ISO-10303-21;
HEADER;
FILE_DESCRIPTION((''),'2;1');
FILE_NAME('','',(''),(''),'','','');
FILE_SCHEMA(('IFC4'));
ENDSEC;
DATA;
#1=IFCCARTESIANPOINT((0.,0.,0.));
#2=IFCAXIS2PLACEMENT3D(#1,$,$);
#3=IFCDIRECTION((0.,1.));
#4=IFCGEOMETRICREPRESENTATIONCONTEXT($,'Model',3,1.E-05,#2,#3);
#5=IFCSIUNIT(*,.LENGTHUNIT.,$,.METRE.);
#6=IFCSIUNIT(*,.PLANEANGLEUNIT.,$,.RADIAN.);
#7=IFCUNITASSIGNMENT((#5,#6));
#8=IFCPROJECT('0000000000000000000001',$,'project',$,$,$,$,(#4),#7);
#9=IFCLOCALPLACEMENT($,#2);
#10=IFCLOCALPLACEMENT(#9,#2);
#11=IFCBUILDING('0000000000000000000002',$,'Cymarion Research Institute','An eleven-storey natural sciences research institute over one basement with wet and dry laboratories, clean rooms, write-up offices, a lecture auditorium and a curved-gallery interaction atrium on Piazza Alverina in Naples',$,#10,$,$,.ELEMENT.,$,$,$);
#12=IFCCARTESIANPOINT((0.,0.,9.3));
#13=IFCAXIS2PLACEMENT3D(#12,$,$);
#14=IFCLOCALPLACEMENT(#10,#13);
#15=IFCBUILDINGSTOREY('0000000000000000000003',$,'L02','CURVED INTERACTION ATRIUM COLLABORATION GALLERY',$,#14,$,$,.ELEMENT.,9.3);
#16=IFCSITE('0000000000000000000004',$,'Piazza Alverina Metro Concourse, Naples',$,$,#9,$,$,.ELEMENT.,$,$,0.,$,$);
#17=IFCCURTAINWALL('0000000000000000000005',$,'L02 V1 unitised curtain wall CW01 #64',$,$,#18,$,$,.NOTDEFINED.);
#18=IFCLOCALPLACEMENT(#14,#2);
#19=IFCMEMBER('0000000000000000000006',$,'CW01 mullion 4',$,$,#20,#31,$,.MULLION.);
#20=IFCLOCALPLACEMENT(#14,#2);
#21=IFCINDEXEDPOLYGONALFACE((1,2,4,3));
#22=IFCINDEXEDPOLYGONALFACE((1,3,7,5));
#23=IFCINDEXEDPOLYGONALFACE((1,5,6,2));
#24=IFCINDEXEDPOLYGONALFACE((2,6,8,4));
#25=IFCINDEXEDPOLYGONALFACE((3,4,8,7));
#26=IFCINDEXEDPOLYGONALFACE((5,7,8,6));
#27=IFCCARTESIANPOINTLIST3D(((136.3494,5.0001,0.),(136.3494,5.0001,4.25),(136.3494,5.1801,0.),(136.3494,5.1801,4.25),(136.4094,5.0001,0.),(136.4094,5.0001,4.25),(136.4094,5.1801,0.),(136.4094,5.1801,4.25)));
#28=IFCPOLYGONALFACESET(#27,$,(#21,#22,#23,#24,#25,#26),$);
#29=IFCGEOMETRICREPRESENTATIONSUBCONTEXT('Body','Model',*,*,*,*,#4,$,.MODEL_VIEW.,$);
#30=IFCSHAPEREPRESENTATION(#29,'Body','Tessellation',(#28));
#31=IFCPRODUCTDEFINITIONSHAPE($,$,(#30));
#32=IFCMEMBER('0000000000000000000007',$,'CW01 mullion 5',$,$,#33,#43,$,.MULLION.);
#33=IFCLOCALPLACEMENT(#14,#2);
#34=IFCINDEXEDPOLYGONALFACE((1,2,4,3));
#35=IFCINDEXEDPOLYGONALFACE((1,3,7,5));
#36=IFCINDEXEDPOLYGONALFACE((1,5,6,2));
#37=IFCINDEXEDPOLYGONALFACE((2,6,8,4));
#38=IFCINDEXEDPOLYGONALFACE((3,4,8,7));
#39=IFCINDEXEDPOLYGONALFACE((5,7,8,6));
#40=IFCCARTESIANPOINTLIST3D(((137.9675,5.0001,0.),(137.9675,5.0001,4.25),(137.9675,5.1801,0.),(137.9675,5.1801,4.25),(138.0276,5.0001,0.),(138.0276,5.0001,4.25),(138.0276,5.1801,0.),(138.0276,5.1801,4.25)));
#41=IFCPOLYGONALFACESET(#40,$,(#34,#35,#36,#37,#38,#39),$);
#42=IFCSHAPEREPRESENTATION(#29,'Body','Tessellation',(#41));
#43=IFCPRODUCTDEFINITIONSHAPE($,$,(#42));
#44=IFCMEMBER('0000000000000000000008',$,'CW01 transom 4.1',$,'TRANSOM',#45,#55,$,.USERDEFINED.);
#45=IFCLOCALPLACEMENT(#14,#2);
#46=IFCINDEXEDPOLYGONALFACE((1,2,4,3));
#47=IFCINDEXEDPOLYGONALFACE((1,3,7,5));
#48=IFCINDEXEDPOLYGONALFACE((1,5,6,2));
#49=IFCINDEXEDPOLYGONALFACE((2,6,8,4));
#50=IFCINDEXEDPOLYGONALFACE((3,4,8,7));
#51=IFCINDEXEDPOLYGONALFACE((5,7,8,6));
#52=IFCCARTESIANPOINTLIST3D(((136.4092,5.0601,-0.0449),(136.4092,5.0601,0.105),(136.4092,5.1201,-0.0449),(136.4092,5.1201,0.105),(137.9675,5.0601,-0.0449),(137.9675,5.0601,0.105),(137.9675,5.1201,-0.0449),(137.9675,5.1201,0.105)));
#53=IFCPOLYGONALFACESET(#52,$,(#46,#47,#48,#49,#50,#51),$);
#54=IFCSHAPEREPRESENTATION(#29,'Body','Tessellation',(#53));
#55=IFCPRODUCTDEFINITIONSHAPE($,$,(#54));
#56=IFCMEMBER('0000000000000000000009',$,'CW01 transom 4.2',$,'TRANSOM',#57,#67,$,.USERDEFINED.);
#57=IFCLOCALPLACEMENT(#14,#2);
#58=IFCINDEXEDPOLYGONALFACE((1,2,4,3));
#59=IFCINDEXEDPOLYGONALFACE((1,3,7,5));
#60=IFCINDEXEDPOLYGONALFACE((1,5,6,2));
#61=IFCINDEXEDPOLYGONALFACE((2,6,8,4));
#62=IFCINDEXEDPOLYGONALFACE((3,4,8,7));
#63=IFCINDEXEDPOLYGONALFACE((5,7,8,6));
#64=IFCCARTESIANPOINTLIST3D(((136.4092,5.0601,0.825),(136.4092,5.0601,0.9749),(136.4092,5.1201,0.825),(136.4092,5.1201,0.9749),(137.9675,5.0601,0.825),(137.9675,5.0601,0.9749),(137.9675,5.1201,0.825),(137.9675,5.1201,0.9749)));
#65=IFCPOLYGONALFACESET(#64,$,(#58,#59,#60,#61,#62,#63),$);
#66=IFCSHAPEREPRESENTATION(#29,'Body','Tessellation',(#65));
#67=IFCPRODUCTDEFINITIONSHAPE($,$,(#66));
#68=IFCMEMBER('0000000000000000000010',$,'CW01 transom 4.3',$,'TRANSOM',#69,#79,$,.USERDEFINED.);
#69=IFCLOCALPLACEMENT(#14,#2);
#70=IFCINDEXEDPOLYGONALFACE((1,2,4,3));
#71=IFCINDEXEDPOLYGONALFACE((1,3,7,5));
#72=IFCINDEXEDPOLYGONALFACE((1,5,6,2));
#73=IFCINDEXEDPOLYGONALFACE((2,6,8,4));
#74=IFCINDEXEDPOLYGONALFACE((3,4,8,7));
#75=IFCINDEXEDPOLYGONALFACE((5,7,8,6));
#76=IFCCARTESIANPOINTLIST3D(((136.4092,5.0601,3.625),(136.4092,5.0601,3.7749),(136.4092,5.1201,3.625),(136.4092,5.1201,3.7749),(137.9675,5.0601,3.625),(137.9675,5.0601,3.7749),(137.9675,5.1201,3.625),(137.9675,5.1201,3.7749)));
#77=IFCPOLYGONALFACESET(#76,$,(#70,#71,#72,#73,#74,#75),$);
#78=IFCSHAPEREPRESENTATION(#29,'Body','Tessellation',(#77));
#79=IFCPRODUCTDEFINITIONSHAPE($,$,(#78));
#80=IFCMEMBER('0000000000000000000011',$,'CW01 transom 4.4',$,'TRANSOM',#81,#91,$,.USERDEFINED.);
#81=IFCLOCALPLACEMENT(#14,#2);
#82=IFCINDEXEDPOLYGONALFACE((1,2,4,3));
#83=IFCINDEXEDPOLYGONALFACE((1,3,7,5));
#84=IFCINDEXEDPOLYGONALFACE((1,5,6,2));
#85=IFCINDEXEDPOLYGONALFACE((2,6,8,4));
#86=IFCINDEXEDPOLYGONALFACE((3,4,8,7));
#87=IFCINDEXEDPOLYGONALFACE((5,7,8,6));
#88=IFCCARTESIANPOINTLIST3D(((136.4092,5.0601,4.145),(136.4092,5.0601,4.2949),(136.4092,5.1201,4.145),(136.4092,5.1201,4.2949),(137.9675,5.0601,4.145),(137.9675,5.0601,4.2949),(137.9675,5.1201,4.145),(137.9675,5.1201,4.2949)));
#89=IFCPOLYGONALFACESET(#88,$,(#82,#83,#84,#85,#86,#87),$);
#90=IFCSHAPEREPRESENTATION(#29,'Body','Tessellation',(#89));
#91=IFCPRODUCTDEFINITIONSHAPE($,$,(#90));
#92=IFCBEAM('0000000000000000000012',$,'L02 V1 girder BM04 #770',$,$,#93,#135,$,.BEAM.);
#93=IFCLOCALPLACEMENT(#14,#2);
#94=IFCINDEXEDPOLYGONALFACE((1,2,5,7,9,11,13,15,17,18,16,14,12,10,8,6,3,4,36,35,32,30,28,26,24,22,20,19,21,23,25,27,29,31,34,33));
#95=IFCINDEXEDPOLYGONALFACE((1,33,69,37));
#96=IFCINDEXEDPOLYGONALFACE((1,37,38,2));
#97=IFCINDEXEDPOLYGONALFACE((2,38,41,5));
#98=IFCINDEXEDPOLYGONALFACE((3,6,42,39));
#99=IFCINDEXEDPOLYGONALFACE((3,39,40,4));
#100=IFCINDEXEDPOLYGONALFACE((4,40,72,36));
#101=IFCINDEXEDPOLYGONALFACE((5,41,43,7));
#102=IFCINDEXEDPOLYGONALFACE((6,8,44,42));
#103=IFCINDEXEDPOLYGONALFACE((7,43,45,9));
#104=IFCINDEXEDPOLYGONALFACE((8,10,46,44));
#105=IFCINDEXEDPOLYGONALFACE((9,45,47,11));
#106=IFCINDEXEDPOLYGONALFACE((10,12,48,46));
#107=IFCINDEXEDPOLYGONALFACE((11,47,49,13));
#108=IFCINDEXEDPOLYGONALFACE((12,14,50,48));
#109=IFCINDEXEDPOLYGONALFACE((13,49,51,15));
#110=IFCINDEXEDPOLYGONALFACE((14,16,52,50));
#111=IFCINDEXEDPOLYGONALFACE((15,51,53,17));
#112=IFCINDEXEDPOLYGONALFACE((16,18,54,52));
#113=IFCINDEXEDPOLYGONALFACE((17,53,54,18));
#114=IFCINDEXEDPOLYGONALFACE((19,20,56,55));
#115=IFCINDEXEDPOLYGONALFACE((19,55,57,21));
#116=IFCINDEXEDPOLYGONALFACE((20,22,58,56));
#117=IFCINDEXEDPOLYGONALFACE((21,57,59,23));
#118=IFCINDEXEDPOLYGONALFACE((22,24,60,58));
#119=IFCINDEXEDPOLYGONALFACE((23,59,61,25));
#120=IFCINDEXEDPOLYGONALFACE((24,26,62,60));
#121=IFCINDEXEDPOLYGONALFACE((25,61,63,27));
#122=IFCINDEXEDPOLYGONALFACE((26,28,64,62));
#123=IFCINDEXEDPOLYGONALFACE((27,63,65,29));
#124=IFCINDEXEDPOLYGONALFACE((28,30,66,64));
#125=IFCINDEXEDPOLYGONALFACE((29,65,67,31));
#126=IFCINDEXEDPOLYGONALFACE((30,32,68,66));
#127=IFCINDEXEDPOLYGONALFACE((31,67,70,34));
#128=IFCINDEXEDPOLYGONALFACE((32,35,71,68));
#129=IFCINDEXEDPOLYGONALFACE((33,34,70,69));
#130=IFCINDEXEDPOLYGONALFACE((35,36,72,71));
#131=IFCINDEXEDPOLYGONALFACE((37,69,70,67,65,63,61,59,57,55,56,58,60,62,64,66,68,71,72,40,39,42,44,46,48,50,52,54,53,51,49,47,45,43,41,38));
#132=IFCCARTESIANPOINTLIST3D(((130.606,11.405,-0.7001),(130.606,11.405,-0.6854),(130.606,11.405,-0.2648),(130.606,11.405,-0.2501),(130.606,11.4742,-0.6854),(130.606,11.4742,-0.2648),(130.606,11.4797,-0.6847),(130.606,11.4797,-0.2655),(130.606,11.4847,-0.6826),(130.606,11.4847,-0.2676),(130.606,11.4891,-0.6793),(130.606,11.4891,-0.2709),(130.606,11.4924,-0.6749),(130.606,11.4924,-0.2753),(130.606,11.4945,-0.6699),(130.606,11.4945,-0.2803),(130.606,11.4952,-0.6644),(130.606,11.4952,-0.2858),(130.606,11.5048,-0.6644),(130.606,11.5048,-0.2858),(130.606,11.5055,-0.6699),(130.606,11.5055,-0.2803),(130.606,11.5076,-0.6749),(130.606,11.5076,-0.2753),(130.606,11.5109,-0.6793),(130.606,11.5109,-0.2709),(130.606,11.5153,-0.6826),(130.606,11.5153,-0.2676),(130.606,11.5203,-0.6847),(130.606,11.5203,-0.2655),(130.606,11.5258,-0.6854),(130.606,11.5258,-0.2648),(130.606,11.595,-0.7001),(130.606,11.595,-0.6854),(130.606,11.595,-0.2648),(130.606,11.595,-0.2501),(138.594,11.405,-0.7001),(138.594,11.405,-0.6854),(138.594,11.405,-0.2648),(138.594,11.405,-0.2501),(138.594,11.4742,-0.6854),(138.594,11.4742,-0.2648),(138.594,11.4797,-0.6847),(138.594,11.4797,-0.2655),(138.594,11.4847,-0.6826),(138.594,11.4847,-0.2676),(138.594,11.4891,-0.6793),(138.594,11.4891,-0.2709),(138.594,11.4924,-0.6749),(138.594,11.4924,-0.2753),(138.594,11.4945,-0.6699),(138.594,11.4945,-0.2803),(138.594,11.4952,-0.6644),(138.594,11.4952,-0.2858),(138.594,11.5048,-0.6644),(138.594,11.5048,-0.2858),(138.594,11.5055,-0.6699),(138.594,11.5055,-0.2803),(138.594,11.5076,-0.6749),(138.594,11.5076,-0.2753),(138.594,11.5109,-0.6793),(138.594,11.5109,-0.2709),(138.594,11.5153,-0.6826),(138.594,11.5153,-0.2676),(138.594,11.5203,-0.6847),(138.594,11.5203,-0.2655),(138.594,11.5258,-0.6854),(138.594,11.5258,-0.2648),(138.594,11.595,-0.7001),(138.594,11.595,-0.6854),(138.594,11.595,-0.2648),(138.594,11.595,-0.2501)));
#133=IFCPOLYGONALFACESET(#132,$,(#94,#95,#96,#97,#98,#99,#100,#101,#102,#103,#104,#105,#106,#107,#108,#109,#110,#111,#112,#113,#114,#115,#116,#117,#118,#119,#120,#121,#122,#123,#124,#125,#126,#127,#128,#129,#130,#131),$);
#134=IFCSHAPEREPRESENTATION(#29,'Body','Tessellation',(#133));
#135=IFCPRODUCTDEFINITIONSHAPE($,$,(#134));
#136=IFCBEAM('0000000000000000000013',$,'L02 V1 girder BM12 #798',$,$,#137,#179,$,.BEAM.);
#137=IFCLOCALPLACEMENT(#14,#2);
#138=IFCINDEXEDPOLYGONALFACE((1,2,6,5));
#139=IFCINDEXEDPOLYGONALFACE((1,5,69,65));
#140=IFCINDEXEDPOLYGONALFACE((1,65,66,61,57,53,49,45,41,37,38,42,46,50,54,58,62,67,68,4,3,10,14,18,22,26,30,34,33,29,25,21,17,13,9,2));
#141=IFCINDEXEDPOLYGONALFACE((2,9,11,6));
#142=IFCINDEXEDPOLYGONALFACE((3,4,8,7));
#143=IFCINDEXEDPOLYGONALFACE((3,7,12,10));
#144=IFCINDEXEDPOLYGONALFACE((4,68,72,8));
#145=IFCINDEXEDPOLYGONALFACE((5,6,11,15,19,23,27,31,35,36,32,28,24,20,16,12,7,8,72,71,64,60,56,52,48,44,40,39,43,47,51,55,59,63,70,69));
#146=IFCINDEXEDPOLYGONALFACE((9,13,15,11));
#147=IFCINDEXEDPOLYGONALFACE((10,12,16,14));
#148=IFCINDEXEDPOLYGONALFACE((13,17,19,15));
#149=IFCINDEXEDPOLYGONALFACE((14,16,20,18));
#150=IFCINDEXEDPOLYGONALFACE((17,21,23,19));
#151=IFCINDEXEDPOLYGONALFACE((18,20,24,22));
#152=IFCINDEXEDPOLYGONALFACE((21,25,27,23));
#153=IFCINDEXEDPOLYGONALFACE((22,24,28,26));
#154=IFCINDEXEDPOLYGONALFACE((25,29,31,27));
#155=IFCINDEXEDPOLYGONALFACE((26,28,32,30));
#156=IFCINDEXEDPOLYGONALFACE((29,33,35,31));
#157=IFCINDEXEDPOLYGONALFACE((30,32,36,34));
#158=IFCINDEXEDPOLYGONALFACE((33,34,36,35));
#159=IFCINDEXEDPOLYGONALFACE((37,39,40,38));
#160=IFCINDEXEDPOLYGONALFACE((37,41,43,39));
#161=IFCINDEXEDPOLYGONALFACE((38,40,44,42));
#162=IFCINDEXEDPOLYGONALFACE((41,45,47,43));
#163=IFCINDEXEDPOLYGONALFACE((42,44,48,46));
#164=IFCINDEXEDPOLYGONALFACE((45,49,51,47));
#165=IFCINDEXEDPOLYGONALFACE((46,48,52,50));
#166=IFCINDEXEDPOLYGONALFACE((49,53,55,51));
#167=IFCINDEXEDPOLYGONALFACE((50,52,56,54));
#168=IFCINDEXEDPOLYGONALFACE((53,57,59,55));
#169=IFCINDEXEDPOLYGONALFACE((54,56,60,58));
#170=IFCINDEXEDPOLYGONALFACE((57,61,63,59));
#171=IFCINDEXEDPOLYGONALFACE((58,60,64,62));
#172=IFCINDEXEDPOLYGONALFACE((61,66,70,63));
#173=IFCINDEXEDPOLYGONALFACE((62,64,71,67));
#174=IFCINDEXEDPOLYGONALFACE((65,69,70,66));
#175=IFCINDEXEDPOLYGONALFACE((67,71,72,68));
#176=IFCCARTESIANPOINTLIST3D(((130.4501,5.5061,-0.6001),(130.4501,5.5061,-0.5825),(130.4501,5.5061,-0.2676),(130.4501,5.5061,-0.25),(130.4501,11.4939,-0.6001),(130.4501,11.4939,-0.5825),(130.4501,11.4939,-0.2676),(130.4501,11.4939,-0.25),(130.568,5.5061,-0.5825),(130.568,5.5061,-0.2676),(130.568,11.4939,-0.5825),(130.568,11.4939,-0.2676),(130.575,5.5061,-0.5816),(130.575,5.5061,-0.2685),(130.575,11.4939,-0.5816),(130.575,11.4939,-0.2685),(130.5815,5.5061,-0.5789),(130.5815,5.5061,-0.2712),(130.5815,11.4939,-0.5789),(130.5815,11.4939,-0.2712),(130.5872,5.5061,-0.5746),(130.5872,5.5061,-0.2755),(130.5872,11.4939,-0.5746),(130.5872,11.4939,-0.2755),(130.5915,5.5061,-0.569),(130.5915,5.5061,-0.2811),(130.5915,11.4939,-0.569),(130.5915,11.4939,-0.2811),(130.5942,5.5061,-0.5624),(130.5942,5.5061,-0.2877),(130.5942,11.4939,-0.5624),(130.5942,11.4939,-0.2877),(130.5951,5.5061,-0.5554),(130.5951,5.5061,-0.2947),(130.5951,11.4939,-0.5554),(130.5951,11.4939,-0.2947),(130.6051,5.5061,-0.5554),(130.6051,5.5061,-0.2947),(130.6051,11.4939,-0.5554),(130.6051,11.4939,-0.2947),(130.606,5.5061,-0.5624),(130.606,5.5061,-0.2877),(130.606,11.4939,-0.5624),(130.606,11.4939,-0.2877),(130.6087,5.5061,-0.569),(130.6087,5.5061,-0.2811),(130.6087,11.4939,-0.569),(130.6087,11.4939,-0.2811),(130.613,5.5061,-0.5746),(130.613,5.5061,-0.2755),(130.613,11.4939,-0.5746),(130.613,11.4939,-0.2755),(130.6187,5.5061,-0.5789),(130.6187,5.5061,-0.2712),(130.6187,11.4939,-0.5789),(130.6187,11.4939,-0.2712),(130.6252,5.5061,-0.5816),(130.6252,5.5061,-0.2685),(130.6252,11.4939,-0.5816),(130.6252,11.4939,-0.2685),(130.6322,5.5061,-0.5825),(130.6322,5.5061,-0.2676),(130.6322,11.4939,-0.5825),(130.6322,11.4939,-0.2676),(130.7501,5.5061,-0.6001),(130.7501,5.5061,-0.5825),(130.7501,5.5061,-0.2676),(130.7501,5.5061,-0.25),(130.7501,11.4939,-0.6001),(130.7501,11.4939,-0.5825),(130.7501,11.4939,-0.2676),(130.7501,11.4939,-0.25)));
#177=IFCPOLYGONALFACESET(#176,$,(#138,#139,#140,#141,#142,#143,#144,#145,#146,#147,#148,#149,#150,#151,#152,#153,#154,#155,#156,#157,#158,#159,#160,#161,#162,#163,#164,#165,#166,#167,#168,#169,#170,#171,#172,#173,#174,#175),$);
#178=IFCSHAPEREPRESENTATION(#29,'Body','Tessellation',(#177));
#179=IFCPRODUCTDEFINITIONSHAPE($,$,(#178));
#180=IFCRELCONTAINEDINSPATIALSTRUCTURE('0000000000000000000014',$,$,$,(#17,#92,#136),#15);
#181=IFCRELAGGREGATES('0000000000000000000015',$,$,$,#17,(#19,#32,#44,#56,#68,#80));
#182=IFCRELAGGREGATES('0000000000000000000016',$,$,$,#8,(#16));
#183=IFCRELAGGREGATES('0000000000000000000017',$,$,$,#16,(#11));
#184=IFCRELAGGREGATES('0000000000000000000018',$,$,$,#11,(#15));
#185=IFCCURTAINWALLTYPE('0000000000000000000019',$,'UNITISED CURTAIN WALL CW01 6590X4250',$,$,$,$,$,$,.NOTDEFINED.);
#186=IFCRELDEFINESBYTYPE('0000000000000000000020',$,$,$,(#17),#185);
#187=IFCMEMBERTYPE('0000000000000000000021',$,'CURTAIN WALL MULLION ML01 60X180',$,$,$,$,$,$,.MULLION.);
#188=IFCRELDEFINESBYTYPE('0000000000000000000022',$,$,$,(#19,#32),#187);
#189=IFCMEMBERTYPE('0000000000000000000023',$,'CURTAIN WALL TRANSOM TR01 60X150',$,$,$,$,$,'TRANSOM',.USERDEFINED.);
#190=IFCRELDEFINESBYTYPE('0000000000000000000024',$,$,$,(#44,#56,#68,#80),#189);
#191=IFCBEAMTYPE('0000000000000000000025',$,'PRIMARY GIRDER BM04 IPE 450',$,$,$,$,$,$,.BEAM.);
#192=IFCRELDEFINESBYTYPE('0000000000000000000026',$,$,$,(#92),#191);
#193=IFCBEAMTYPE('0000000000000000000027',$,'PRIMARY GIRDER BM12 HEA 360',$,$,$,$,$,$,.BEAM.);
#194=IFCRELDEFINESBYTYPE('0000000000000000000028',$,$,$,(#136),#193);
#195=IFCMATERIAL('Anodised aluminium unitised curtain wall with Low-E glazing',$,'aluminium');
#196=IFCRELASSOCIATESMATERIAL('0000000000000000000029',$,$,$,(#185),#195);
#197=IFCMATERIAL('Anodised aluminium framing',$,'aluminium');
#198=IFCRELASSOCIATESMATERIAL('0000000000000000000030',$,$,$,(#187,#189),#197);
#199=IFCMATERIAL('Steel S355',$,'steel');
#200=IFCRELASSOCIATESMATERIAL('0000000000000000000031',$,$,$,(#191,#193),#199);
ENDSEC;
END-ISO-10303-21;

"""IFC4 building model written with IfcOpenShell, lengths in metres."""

from ifc_helpers import new_model, si_unit, direction, frame, origin, origin_2d, place, context, subcontext, project, spatial, rectangle, i_section, extrude, material, material_profile, profile_set, type_object, element, aggregate, save


model = new_model("IFC4")

# Units and contexts
model_context = context("Model", 3, precision=1e-05, world=origin(), true_north=direction((0.0, 1.0)))
body_context = subcontext(model_context, "Body", "Model", "MODEL_VIEW")
ifc_project = project(units=[si_unit("LENGTHUNIT", "METRE"), si_unit("PLANEANGLEUNIT", "RADIAN")], contexts=[model_context])

# Site, building, storey
site_placement = place(None, origin())
site = spatial("IfcSite", under=ifc_project, at=site_placement, Name="Piazza Alverina Metro Concourse, Naples", CompositionType="ELEMENT", RefElevation=0.0)
building_placement = place(site_placement, origin())
building = spatial("IfcBuilding", under=site, at=building_placement, Name="Cymarion Research Institute", Description="An eleven-storey natural sciences research institute over one basement with wet and dry laboratories, clean rooms, write-up offices, a lecture auditorium and a curved-gallery interaction atrium on Piazza Alverina in Naples", CompositionType="ELEMENT")
storey_placement = place(building_placement, frame((0.0, 0.0, 9.3)))
storey = spatial("IfcBuildingStorey", under=building, at=storey_placement, Name="L02", Description="CURVED INTERACTION ATRIUM COLLABORATION GALLERY", CompositionType="ELEMENT", Elevation=9.3)

# Shared definitions
ifc_material_1 = material(Name="Steel S355", Category="steel")

# Curtain wall, members
ifc_material_2 = material(Name="Anodised aluminium unitised curtain wall with Low-E glazing", Category="aluminium")
curtain_wall_type = type_object("IfcCurtainWallType", Name="UNITISED CURTAIN WALL CW01 6590X4250", PredefinedType="NOTDEFINED", material=ifc_material_2)
curtain_wall_placement = place(storey_placement, origin())
curtain_wall = element("IfcCurtainWall", 1, at=curtain_wall_placement, inside=storey, type_object=curtain_wall_type, Name="L02 V1 unitised curtain wall CW01 #64", PredefinedType="NOTDEFINED")
ifc_material_3 = material(Name="Anodised aluminium framing", Category="aluminium")
ifc_material_profile_1 = material_profile(ifc_material_3, rectangle(XDim=0.0601, YDim=0.1799, at=origin_2d()), Name="ALU MULLION 60x180")
ifc_profile_set_1 = profile_set([ifc_material_profile_1], Name="Anodised aluminium framing")
member_type_1 = type_object("IfcMemberType", Name="CURTAIN WALL MULLION ML01 60X180", PredefinedType="MULLION", material=ifc_profile_set_1)
member_1_placement = place(storey_placement, frame((136.3794, 5.0901, 0.0), z_axis=(0.0, 0.0, 1.0), x_axis=(1.0, 0.0, 0.0)))
member_1 = element("IfcMember", 2, at=member_1_placement, type_object=member_type_1, Name="CW01 mullion 4", PredefinedType="MULLION", context=body_context, shape_type="SweptSolid", body=[
    extrude(rectangle(XDim=0.0601, YDim=0.1799, at=origin_2d()), origin(), (0.0, 0.0, 1.0), 4.25),
])
member_2_placement = place(storey_placement, frame((137.9976, 5.0901, 0.0), z_axis=(0.0, 0.0, 1.0), x_axis=(1.0, 0.0, 0.0)))
member_2 = element("IfcMember", 3, at=member_2_placement, type_object=member_type_1, Name="CW01 mullion 5", PredefinedType="MULLION", context=body_context, shape_type="SweptSolid", body=[
    extrude(rectangle(XDim=0.0601, YDim=0.1799, at=origin_2d()), origin(), (0.0, 0.0, 1.0), 4.25),
])
ifc_material_profile_2 = material_profile(ifc_material_3, rectangle(XDim=0.0601, YDim=0.1499, at=origin_2d()), Name="ALU TRANSOM 60x150")
ifc_profile_set_2 = profile_set([ifc_material_profile_2], Name="Anodised aluminium framing")
member_type_2 = type_object("IfcMemberType", Name="CURTAIN WALL TRANSOM TR01 60X150", ElementType="TRANSOM", PredefinedType="USERDEFINED", material=ifc_profile_set_2)
member_3_placement = place(storey_placement, frame((136.4092, 5.0901, 0.03), z_axis=(1.0, 0.0, 0.0), x_axis=(0.0, 1.0, 0.0)))
member_3 = element("IfcMember", 4, at=member_3_placement, type_object=member_type_2, Name="CW01 transom 4.1", ObjectType="TRANSOM", PredefinedType="USERDEFINED", context=body_context, shape_type="SweptSolid", body=[
    extrude(rectangle(XDim=0.0601, YDim=0.1499, at=origin_2d()), origin(), (0.0, 0.0, 1.0), 1.5583),
])
member_4_placement = place(storey_placement, frame((136.4092, 5.0901, 0.8999), z_axis=(1.0, 0.0, 0.0), x_axis=(0.0, 1.0, 0.0)))
member_4 = element("IfcMember", 5, at=member_4_placement, type_object=member_type_2, Name="CW01 transom 4.2", ObjectType="TRANSOM", PredefinedType="USERDEFINED", context=body_context, shape_type="SweptSolid", body=[
    extrude(rectangle(XDim=0.0601, YDim=0.1499, at=origin_2d()), origin(), (0.0, 0.0, 1.0), 1.5583),
])
member_5_placement = place(storey_placement, frame((136.4092, 5.0901, 3.7), z_axis=(1.0, 0.0, 0.0), x_axis=(0.0, 1.0, 0.0)))
member_5 = element("IfcMember", 6, at=member_5_placement, type_object=member_type_2, Name="CW01 transom 4.3", ObjectType="TRANSOM", PredefinedType="USERDEFINED", context=body_context, shape_type="SweptSolid", body=[
    extrude(rectangle(XDim=0.0601, YDim=0.1499, at=origin_2d()), origin(), (0.0, 0.0, 1.0), 1.5583),
])
member_6_placement = place(storey_placement, frame((136.4092, 5.0901, 4.22), z_axis=(1.0, 0.0, 0.0), x_axis=(0.0, 1.0, 0.0)))
member_6 = element("IfcMember", 7, at=member_6_placement, type_object=member_type_2, Name="CW01 transom 4.4", ObjectType="TRANSOM", PredefinedType="USERDEFINED", context=body_context, shape_type="SweptSolid", body=[
    extrude(rectangle(XDim=0.0601, YDim=0.1499, at=origin_2d()), origin(), (0.0, 0.0, 1.0), 1.5583),
])

# Beams
ifc_material_profile_3 = material_profile(ifc_material_1, i_section(OverallWidth=0.1899, OverallDepth=0.45, WebThickness=0.0095, FlangeThickness=0.0146, FilletRadius=0.021, at=origin_2d()), Name="IPE 450")
ifc_profile_set_3 = profile_set([ifc_material_profile_3], Name="Steel S355")
beam_type_1 = type_object("IfcBeamType", Name="PRIMARY GIRDER BM04 IPE 450", PredefinedType="BEAM", material=ifc_profile_set_3)
beam_placement = place(storey_placement, frame((130.606, 11.5, -0.4751), z_axis=(1.0, 0.0, 0.0), x_axis=(0.0, 1.0, 0.0)))
element("IfcBeam", 8, at=beam_placement, inside=storey, type_object=beam_type_1, Name="L02 V1 girder BM04 #770", PredefinedType="BEAM", context=body_context, shape_type="SweptSolid", body=[
    extrude(i_section(OverallWidth=0.1899, OverallDepth=0.45, WebThickness=0.0095, FlangeThickness=0.0146, FilletRadius=0.021, at=origin_2d()), origin(), (0.0, 0.0, 1.0), 7.988),
])
ifc_material_profile_4 = material_profile(ifc_material_1, i_section(OverallWidth=0.3, OverallDepth=0.3501, WebThickness=0.01, FlangeThickness=0.0176, FilletRadius=0.0271, at=origin_2d()), Name="HEA 360")
ifc_profile_set_4 = profile_set([ifc_material_profile_4], Name="Steel S355")
beam_type_2 = type_object("IfcBeamType", Name="PRIMARY GIRDER BM12 HEA 360", PredefinedType="BEAM", material=ifc_profile_set_4)
for number, where, z_axis, x_axis, name in (
    (9, (130.6001, 5.5061, -0.425), (0.0, 1.0, 0.0), (-1.0, 0.0, 0.0), "L02 V1 girder BM12 #798"),
):
    element("IfcBeam", number, at=place(storey_placement, frame(where, z_axis=z_axis, x_axis=x_axis)), inside=storey, type_object=beam_type_2, Name=name, PredefinedType="BEAM", context=body_context, shape_type="SweptSolid", body=[
        extrude(i_section(OverallWidth=0.3, OverallDepth=0.3501, WebThickness=0.01, FlangeThickness=0.0176, FilletRadius=0.0271, at=origin_2d()), origin(), (0.0, 0.0, 1.0), 5.9878),
    ])

aggregate(curtain_wall, [member_1, member_2, member_3, member_4, member_5, member_6])

save(model, "model.ifc")
